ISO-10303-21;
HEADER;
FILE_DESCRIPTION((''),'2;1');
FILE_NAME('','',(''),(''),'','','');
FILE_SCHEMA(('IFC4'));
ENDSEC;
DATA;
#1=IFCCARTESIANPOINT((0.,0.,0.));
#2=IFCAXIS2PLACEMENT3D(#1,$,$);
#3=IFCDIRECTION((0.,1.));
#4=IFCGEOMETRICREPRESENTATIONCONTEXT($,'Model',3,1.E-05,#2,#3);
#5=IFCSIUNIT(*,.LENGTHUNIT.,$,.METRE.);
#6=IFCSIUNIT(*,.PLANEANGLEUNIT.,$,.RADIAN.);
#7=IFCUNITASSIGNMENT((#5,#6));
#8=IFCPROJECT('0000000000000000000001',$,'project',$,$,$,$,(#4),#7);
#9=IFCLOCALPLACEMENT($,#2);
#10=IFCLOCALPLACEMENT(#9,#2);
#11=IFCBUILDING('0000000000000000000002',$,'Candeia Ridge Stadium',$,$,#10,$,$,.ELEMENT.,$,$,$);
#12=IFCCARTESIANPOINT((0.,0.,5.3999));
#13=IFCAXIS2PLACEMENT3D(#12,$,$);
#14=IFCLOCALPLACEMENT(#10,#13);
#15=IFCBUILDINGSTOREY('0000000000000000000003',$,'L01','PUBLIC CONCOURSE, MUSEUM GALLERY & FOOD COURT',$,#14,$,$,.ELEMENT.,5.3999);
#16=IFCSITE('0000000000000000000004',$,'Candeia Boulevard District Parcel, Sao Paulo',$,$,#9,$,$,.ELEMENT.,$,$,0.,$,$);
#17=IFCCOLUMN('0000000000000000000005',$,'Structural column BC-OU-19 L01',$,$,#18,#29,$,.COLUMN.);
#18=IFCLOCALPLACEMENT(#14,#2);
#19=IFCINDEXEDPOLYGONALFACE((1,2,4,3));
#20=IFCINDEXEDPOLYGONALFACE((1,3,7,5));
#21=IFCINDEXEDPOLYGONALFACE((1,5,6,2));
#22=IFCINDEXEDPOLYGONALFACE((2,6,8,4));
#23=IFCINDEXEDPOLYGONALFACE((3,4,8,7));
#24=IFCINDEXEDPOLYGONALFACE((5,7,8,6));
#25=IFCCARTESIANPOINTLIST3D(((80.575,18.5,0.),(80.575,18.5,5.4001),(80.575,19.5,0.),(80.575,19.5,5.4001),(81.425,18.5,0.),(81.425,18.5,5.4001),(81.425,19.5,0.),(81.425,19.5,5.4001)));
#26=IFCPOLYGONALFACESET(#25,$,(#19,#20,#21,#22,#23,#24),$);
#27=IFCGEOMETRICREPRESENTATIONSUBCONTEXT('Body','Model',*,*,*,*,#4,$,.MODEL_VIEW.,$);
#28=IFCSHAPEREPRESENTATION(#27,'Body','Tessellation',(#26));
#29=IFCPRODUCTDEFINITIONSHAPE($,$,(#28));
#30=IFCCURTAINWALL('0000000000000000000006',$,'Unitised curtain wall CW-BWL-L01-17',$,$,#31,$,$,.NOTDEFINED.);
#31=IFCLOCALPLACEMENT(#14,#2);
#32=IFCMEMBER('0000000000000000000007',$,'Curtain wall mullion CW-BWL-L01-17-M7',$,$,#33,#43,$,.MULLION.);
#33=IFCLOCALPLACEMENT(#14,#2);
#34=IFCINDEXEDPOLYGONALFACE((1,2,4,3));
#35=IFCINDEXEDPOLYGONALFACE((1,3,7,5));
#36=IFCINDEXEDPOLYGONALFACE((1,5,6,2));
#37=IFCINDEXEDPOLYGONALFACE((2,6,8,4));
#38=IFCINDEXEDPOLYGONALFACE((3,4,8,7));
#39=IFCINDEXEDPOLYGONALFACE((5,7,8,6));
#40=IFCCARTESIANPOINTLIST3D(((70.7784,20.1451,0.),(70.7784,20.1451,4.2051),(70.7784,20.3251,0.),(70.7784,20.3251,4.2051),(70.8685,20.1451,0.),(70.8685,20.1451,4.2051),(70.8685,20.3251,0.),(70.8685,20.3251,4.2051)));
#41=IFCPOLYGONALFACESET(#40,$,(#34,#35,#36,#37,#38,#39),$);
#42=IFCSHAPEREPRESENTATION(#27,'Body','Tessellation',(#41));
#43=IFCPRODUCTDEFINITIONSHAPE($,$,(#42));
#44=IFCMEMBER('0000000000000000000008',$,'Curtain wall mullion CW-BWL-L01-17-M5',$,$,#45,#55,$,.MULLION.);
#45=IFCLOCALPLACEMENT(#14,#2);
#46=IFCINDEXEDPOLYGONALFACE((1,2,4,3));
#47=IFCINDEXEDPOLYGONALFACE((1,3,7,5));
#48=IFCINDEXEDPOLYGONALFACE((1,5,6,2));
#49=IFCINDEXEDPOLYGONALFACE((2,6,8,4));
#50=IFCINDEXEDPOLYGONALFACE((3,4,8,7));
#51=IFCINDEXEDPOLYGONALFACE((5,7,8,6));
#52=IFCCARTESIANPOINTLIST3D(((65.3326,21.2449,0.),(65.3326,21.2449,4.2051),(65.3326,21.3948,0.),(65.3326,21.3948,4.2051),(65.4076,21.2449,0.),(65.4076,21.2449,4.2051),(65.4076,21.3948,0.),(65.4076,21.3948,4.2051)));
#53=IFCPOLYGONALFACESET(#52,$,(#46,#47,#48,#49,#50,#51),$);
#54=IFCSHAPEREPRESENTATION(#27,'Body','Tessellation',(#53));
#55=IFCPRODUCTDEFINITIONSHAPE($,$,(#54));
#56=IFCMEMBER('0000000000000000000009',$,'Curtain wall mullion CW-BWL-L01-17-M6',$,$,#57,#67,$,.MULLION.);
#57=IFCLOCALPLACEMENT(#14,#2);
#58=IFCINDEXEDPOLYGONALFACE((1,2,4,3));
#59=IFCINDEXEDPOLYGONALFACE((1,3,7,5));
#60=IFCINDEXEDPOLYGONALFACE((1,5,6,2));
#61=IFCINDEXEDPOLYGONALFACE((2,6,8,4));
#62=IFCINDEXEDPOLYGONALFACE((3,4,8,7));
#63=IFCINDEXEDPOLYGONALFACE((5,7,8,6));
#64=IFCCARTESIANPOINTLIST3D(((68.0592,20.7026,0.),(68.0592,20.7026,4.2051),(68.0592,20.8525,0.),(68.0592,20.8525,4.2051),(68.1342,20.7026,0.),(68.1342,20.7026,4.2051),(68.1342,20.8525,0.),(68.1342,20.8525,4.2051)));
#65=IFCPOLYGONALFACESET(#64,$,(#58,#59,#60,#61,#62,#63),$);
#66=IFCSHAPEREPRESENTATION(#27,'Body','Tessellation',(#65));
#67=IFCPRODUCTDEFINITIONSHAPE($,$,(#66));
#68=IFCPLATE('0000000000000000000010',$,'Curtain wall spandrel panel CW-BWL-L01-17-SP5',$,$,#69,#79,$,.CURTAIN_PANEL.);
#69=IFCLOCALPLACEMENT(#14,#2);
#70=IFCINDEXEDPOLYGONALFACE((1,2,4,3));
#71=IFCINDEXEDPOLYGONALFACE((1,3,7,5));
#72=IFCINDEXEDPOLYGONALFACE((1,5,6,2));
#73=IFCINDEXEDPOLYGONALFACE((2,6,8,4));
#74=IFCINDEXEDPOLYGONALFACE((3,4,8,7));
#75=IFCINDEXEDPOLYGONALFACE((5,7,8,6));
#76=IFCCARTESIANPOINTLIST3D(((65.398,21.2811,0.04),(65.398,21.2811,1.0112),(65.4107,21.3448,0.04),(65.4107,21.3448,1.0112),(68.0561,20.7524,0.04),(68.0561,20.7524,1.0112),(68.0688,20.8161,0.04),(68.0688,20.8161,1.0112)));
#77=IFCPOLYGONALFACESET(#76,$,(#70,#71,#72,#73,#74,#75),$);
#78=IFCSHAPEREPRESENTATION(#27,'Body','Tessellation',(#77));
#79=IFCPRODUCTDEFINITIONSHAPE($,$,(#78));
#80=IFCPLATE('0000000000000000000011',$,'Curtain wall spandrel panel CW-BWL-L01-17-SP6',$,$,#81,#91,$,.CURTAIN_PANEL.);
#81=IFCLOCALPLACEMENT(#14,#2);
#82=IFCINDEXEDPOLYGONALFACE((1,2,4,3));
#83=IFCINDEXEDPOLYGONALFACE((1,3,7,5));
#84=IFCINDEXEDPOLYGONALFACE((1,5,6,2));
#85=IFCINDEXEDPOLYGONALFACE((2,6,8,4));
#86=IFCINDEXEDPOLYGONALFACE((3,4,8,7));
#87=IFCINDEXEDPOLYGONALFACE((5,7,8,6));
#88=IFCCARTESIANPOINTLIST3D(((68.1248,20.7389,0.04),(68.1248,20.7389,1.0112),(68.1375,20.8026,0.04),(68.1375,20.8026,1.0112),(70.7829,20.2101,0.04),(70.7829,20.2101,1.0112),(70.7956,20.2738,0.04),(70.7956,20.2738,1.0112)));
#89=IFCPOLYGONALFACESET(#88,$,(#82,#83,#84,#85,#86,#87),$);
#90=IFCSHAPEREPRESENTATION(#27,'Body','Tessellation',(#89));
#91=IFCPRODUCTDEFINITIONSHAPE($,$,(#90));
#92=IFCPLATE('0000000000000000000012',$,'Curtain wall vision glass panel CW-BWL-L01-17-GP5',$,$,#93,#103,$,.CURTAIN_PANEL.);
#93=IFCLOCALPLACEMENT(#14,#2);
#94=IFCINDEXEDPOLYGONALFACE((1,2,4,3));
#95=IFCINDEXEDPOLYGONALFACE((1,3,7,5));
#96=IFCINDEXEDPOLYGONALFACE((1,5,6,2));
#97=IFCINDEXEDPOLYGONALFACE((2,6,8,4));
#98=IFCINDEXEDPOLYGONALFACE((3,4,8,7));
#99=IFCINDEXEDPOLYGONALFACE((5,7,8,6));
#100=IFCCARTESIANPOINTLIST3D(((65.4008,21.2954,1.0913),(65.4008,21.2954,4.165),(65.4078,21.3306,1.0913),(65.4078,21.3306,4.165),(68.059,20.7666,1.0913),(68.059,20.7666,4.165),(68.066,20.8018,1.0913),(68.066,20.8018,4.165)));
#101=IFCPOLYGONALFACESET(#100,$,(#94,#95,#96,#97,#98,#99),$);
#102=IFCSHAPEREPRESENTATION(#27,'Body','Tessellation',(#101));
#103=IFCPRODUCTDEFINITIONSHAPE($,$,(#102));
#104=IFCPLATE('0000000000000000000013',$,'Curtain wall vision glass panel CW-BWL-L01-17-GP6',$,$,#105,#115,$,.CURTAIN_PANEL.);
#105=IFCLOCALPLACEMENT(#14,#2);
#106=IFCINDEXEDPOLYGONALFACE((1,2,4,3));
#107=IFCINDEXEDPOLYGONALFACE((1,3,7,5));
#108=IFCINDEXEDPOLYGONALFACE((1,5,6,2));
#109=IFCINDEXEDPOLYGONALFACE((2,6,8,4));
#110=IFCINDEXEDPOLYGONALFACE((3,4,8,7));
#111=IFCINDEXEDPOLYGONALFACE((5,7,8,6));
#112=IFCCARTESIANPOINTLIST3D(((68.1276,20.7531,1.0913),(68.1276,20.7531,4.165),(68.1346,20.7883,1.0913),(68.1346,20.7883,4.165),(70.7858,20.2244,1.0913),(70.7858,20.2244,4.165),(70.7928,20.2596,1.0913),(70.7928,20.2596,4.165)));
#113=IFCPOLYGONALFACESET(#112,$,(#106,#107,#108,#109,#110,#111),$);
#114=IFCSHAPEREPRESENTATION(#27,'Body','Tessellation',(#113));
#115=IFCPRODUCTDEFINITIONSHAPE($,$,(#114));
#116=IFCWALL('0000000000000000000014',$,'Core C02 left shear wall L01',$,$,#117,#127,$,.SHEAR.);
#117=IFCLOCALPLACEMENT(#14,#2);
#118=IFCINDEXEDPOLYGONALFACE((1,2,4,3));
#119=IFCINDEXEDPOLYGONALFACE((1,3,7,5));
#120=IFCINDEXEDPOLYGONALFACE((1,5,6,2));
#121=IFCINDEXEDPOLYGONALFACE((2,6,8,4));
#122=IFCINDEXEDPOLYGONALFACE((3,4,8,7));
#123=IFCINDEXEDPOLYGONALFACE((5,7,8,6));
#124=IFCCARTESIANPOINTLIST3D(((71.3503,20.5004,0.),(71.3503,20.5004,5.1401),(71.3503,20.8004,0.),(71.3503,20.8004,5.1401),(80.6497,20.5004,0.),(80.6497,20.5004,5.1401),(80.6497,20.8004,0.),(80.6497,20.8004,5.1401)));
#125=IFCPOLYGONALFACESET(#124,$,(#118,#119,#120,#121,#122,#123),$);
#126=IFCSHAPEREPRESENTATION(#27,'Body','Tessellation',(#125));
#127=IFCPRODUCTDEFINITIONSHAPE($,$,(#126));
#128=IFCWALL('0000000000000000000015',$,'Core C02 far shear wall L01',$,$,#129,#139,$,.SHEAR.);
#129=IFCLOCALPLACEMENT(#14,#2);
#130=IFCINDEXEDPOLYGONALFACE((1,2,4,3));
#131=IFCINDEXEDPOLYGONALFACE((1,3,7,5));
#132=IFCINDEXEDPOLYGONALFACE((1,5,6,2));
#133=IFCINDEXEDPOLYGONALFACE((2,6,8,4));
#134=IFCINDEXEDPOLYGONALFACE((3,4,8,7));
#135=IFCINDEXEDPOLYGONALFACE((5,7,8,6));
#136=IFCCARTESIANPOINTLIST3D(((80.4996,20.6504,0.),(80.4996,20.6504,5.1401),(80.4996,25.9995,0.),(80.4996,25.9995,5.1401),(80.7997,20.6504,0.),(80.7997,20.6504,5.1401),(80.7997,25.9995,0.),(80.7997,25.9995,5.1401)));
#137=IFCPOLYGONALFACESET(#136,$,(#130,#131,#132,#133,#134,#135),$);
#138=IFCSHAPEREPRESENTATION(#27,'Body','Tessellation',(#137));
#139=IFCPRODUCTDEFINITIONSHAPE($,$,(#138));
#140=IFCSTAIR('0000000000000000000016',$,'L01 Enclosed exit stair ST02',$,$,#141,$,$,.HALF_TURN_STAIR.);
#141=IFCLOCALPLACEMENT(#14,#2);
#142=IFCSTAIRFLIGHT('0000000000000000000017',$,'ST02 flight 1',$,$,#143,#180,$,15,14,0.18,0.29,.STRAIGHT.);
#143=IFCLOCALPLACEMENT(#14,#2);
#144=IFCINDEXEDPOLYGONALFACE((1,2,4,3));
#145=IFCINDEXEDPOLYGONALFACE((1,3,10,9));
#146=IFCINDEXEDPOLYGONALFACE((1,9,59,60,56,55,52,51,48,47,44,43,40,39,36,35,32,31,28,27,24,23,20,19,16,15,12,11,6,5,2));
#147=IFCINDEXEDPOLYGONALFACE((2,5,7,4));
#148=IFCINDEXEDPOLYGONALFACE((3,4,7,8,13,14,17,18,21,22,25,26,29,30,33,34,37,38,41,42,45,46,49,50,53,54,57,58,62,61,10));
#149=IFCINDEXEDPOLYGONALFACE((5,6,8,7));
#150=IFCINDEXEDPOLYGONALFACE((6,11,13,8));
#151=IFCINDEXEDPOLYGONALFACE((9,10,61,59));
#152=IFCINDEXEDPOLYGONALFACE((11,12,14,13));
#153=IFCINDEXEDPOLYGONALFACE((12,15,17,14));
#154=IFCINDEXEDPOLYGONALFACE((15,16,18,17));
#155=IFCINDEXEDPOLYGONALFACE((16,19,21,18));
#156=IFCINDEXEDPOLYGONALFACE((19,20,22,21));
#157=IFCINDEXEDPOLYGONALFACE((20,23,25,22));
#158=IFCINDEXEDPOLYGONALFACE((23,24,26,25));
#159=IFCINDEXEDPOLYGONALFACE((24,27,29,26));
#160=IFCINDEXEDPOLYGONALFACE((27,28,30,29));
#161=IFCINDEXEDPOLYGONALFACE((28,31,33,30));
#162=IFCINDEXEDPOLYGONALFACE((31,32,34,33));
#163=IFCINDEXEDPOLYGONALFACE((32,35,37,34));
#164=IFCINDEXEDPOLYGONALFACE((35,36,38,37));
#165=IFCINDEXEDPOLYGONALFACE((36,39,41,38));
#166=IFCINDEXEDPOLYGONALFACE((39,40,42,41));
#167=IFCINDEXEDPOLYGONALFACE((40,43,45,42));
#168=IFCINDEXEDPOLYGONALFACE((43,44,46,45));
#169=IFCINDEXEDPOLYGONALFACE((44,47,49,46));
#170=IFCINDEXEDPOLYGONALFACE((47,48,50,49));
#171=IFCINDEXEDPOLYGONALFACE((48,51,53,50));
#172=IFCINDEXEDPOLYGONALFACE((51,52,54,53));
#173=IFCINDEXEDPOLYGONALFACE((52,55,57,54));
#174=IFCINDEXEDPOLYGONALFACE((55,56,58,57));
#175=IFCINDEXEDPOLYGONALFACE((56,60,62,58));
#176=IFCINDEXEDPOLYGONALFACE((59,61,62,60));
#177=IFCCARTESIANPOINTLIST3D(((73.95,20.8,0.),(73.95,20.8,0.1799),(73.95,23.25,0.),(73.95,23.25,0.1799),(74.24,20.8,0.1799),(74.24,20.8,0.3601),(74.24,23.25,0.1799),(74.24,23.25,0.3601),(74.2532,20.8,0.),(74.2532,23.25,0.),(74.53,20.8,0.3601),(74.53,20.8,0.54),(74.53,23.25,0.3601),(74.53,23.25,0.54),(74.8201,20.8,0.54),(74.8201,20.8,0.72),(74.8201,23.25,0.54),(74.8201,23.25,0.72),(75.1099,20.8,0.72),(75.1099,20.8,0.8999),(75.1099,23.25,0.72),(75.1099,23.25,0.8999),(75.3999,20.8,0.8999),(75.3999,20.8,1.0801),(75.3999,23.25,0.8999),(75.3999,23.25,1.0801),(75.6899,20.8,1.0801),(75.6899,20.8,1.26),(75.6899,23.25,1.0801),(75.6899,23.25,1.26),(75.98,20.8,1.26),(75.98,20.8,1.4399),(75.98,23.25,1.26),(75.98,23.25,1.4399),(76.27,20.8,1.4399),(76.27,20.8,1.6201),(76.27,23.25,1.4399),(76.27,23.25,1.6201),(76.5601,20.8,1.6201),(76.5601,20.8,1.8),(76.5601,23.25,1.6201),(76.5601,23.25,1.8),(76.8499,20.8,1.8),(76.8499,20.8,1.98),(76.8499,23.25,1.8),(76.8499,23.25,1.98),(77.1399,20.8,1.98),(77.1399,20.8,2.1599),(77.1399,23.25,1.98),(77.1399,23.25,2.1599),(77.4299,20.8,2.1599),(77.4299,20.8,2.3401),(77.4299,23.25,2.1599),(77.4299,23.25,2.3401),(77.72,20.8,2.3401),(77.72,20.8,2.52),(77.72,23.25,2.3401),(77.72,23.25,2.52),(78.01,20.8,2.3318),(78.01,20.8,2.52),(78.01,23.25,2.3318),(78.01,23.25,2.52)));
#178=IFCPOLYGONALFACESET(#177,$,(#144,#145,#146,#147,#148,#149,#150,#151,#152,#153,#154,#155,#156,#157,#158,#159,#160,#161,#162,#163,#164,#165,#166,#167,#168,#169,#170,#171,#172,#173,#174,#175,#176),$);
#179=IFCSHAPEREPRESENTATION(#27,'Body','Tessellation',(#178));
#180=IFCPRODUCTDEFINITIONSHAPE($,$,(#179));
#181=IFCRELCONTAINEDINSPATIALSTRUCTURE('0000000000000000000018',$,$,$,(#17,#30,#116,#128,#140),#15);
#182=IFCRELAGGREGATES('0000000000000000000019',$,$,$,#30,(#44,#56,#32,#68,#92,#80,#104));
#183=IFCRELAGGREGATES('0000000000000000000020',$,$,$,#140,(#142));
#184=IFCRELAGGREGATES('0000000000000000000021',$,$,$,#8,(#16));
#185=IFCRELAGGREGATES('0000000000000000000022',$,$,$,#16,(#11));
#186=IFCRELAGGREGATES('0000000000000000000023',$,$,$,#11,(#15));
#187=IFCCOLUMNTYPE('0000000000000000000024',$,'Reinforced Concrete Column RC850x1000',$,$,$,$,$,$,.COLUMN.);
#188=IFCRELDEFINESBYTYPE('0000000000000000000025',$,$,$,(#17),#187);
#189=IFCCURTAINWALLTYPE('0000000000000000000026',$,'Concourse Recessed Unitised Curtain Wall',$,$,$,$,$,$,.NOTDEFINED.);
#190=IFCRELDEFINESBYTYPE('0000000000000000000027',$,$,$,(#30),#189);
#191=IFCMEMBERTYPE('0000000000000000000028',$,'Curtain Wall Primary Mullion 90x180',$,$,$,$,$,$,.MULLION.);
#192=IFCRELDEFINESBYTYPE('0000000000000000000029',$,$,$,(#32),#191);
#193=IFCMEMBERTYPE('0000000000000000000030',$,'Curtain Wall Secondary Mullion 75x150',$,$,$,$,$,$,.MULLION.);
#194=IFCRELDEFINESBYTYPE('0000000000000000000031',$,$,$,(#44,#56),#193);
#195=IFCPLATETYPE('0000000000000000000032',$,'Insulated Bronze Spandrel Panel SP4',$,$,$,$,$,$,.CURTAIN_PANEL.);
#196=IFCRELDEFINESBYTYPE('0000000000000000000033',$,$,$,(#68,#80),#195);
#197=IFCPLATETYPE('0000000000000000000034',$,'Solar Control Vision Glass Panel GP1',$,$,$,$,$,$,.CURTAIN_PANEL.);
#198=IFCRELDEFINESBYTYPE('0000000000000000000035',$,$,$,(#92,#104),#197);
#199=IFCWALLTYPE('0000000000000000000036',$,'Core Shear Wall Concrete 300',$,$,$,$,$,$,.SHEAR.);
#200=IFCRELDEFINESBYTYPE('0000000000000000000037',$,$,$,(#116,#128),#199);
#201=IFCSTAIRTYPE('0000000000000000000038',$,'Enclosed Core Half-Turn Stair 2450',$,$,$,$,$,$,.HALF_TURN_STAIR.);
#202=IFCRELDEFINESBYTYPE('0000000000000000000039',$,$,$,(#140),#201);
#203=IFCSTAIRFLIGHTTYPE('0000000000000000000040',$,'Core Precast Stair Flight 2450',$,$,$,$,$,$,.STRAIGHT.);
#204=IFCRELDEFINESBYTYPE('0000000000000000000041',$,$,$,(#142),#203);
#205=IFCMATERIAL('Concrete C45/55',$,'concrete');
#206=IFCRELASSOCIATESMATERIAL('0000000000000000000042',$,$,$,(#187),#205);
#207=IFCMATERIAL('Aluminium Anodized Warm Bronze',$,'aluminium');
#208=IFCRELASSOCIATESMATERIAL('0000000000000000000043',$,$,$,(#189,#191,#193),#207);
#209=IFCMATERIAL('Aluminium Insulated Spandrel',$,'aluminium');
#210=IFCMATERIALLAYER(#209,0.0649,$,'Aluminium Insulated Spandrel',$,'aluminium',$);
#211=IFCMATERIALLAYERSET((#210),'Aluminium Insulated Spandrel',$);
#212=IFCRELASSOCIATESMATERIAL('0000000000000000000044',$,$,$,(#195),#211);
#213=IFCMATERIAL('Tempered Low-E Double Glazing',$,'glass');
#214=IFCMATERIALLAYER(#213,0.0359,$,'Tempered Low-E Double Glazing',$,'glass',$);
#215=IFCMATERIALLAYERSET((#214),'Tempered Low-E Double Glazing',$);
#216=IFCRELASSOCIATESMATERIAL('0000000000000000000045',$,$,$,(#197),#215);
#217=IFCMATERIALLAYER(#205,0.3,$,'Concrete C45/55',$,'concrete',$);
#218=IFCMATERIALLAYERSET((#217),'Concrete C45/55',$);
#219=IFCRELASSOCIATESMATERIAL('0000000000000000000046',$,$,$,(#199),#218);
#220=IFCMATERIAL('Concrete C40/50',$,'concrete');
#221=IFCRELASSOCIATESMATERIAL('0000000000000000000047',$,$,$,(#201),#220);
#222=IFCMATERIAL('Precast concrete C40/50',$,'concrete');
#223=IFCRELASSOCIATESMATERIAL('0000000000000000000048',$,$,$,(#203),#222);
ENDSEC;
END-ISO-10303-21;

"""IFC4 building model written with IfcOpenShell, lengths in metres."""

from ifc_helpers import new_model, si_unit, direction, frame, frame_2d, origin, origin_2d, place, context, subcontext, project, spatial, polyline, rectangle, outline, extrude, material, layer, layer_set, material_profile, profile_set, type_object, element, aggregate, save


model = new_model("IFC4")

# Units and contexts
model_context = context("Model", 3, precision=1e-05, world=origin(), true_north=direction((0.0, 1.0)))
body_context = subcontext(model_context, "Body", "Model", "MODEL_VIEW")
ifc_project = project(units=[si_unit("LENGTHUNIT", "METRE"), si_unit("PLANEANGLEUNIT", "RADIAN")], contexts=[model_context])

# Site, building, storey
site_placement = place(None, origin())
site = spatial("IfcSite", under=ifc_project, at=site_placement, Name="Candeia Boulevard District Parcel, Sao Paulo", CompositionType="ELEMENT", RefElevation=0.0)
building_placement = place(site_placement, origin())
building = spatial("IfcBuilding", under=site, at=building_placement, Name="Candeia Ridge Stadium", CompositionType="ELEMENT")
storey_placement = place(building_placement, frame((0.0, 0.0, 5.3999)))
storey = spatial("IfcBuildingStorey", under=building, at=storey_placement, Name="L01", Description="PUBLIC CONCOURSE, MUSEUM GALLERY & FOOD COURT", CompositionType="ELEMENT", Elevation=5.3999)

# Column
ifc_material_1 = material(Name="Concrete C45/55", Category="concrete")
ifc_material_profile_1 = material_profile(ifc_material_1, rectangle(XDim=0.8501, YDim=1.0, at=origin_2d()), Name="RC850x1000", Category="concrete")
ifc_profile_set_1 = profile_set([ifc_material_profile_1], Name="Concrete C45/55")
column_type = type_object("IfcColumnType", Name="Reinforced Concrete Column RC850x1000", PredefinedType="COLUMN", material=ifc_profile_set_1)
column_placement = place(storey_placement, frame((81.0, 19.0, 0.0), z_axis=(0.0, 0.0, 1.0), x_axis=(1.0, 0.0, 0.0)))
element("IfcColumn", 1, at=column_placement, inside=storey, type_object=column_type, Name="Structural column BC-OU-19 L01", PredefinedType="COLUMN", context=body_context, shape_type="SweptSolid", body=[
    extrude(rectangle(XDim=0.8501, YDim=1.0, at=origin_2d()), origin(), (0.0, 0.0, 1.0), 5.4001),
])

# Curtain wall, members, plates
ifc_material_2 = material(Name="Aluminium Anodized Warm Bronze", Category="aluminium")
curtain_wall_type = type_object("IfcCurtainWallType", Name="Concourse Recessed Unitised Curtain Wall", PredefinedType="NOTDEFINED", material=ifc_material_2)
curtain_wall_placement = place(storey_placement, origin())
curtain_wall = element("IfcCurtainWall", 2, at=curtain_wall_placement, inside=storey, type_object=curtain_wall_type, Name="Unitised curtain wall CW-BWL-L01-17", PredefinedType="NOTDEFINED")
ifc_material_profile_2 = material_profile(ifc_material_2, rectangle(XDim=0.0901, YDim=0.1799, at=origin_2d()), Name="CWM-90x180", Category="aluminium")
ifc_profile_set_2 = profile_set([ifc_material_profile_2], Name="Aluminium Anodized Warm Bronze")
member_type_1 = type_object("IfcMemberType", Name="Curtain Wall Primary Mullion 90x180", PredefinedType="MULLION", material=ifc_profile_set_2)
member_1_placement = place(storey_placement, frame((70.8235, 20.2351, 0.0), z_axis=(0.0, 0.0, 1.0), x_axis=(1.0, 0.0, 0.0)))
member_1 = element("IfcMember", 3, at=member_1_placement, type_object=member_type_1, Name="Curtain wall mullion CW-BWL-L01-17-M7", PredefinedType="MULLION", context=body_context, shape_type="SweptSolid", body=[
    extrude(rectangle(XDim=0.0901, YDim=0.1799, at=origin_2d()), origin(), (0.0, 0.0, 1.0), 4.2051),
])
ifc_material_profile_3 = material_profile(ifc_material_2, rectangle(XDim=0.075, YDim=0.1499, at=origin_2d()), Name="CWM-75x150", Category="aluminium")
ifc_profile_set_3 = profile_set([ifc_material_profile_3], Name="Aluminium Anodized Warm Bronze")
member_type_2 = type_object("IfcMemberType", Name="Curtain Wall Secondary Mullion 75x150", PredefinedType="MULLION", material=ifc_profile_set_3)
member_2_placement = place(storey_placement, frame((65.3701, 21.3198, 0.0), z_axis=(0.0, 0.0, 1.0), x_axis=(1.0, 0.0, 0.0)))
member_2 = element("IfcMember", 4, at=member_2_placement, type_object=member_type_2, Name="Curtain wall mullion CW-BWL-L01-17-M5", PredefinedType="MULLION", context=body_context, shape_type="SweptSolid", body=[
    extrude(rectangle(XDim=0.075, YDim=0.1499, at=origin_2d()), origin(), (0.0, 0.0, 1.0), 4.2051),
])
member_3_placement = place(storey_placement, frame((68.0967, 20.7776, 0.0), z_axis=(0.0, 0.0, 1.0), x_axis=(1.0, 0.0, 0.0)))
member_3 = element("IfcMember", 5, at=member_3_placement, type_object=member_type_2, Name="Curtain wall mullion CW-BWL-L01-17-M6", PredefinedType="MULLION", context=body_context, shape_type="SweptSolid", body=[
    extrude(rectangle(XDim=0.075, YDim=0.1499, at=origin_2d()), origin(), (0.0, 0.0, 1.0), 4.2051),
])
ifc_material_3 = material(Name="Aluminium Insulated Spandrel", Category="aluminium")
ifc_layer_1 = layer(ifc_material_3, 0.0649, Name="Aluminium Insulated Spandrel", Category="aluminium")
ifc_layer_set_1 = layer_set([ifc_layer_1], Name="Aluminium Insulated Spandrel")
plate_type_1 = type_object("IfcPlateType", Name="Insulated Bronze Spandrel Panel SP4", PredefinedType="CURTAIN_PANEL", material=ifc_layer_set_1)
plate_1_placement = place(storey_placement, frame((66.7334, 21.0486, 0.04), z_axis=(0.0, 0.0, 1.0), x_axis=(0.980785, -0.19509, 0.0)))
plate_1 = element("IfcPlate", 6, at=plate_1_placement, type_object=plate_type_1, Name="Curtain wall spandrel panel CW-BWL-L01-17-SP5", PredefinedType="CURTAIN_PANEL", context=body_context, shape_type="SweptSolid", body=[
    extrude(rectangle(XDim=2.7102, YDim=0.0649, at=origin_2d()), origin(), (0.0, 0.0, 1.0), 0.9712),
])
plate_2_placement = place(storey_placement, frame((69.4602, 20.5063, 0.04), z_axis=(0.0, 0.0, 1.0), x_axis=(0.980785, -0.19509, 0.0)))
plate_2 = element("IfcPlate", 7, at=plate_2_placement, type_object=plate_type_1, Name="Curtain wall spandrel panel CW-BWL-L01-17-SP6", PredefinedType="CURTAIN_PANEL", context=body_context, shape_type="SweptSolid", body=[
    extrude(rectangle(XDim=2.7102, YDim=0.0649, at=origin_2d()), origin(), (0.0, 0.0, 1.0), 0.9712),
])
ifc_material_4 = material(Name="Tempered Low-E Double Glazing", Category="glass")
ifc_layer_2 = layer(ifc_material_4, 0.0359, Name="Tempered Low-E Double Glazing", Category="glass")
ifc_layer_set_2 = layer_set([ifc_layer_2], Name="Tempered Low-E Double Glazing")
plate_type_2 = type_object("IfcPlateType", Name="Solar Control Vision Glass Panel GP1", PredefinedType="CURTAIN_PANEL", material=ifc_layer_set_2)
plate_3_placement = place(storey_placement, frame((66.7334, 21.0486, 1.0913), z_axis=(0.0, 0.0, 1.0), x_axis=(0.980785, -0.19509, 0.0)))
plate_3 = element("IfcPlate", 8, at=plate_3_placement, type_object=plate_type_2, Name="Curtain wall vision glass panel CW-BWL-L01-17-GP5", PredefinedType="CURTAIN_PANEL", context=body_context, shape_type="SweptSolid", body=[
    extrude(rectangle(XDim=2.7102, YDim=0.0359, at=origin_2d()), origin(), (0.0, 0.0, 1.0), 3.0737),
])
plate_4_placement = place(storey_placement, frame((69.4602, 20.5063, 1.0913), z_axis=(0.0, 0.0, 1.0), x_axis=(0.980785, -0.19509, 0.0)))
plate_4 = element("IfcPlate", 9, at=plate_4_placement, type_object=plate_type_2, Name="Curtain wall vision glass panel CW-BWL-L01-17-GP6", PredefinedType="CURTAIN_PANEL", context=body_context, shape_type="SweptSolid", body=[
    extrude(rectangle(XDim=2.7102, YDim=0.0359, at=origin_2d()), origin(), (0.0, 0.0, 1.0), 3.0737),
])
aggregate(curtain_wall, [member_2, member_3, member_1, plate_1, plate_3, plate_2, plate_4])

# Walls
ifc_layer_3 = layer(ifc_material_1, 0.3, Name="Concrete C45/55", Category="concrete")
ifc_layer_set_3 = layer_set([ifc_layer_3], Name="Concrete C45/55")
wall_type = type_object("IfcWallType", Name="Core Shear Wall Concrete 300", PredefinedType="SHEAR", material=ifc_layer_set_3)
wall_1_placement = place(storey_placement, frame((71.3503, 20.6504, 0.0), z_axis=(0.0, 0.0, 1.0), x_axis=(1.0, 0.0, 0.0)))
element("IfcWall", 10, at=wall_1_placement, inside=storey, type_object=wall_type, Name="Core C02 left shear wall L01", PredefinedType="SHEAR", context=body_context, shape_type="SweptSolid", body=[
    extrude(rectangle(XDim=9.2993, YDim=0.3, at=frame_2d((4.6497, 0.0))), origin(), (0.0, 0.0, 1.0), 5.1401),
])
wall_2_placement = place(storey_placement, frame((80.6497, 20.6504, 0.0), z_axis=(0.0, 0.0, 1.0), x_axis=(0.0, 1.0, 0.0)))
element("IfcWall", 11, at=wall_2_placement, inside=storey, type_object=wall_type, Name="Core C02 far shear wall L01", PredefinedType="SHEAR", context=body_context, shape_type="SweptSolid", body=[
    extrude(rectangle(XDim=5.3491, YDim=0.3, at=frame_2d((2.6746, 0.0))), origin(), (0.0, 0.0, 1.0), 5.1401),
])

# Stair, stair flight
ifc_material_5 = material(Name="Concrete C40/50", Category="concrete")
stair_type = type_object("IfcStairType", Name="Enclosed Core Half-Turn Stair 2450", PredefinedType="HALF_TURN_STAIR", material=ifc_material_5)
stair_placement = place(storey_placement, origin())
stair = element("IfcStair", 12, at=stair_placement, inside=storey, type_object=stair_type, Name="L01 Enclosed exit stair ST02", PredefinedType="HALF_TURN_STAIR")
ifc_material_6 = material(Name="Precast concrete C40/50", Category="concrete")
stair_flight_type = type_object("IfcStairFlightType", Name="Core Precast Stair Flight 2450", PredefinedType="STRAIGHT", material=ifc_material_6)
stair_flight_1_placement = place(storey_placement, frame((73.95, 22.0249, 0.0), z_axis=(0.0, 0.0, 1.0), x_axis=(1.0, 0.0, 0.0)))
stair_flight_1 = element("IfcStairFlight", 13, at=stair_flight_1_placement, type_object=stair_flight_type, Name="ST02 flight 1", NumberOfRisers=15, NumberOfTreads=14, PredefinedType="STRAIGHT", RiserHeight=0.18, TreadLength=0.29, context=body_context, shape_type="SweptSolid", body=[
    extrude(outline(polyline([(0.0, 0.0), (0.0, 0.1799), (0.29, 0.1799), (0.29, 0.3601), (0.5801, 0.3601), (0.5801, 0.54), (0.8701, 0.54), (0.8701, 0.72), (1.1599, 0.72), (1.1599, 0.8999), (1.45, 0.8999), (1.45, 1.0801), (1.74, 1.0801), (1.74, 1.26), (2.03, 1.26), (2.03, 1.4399), (2.3201, 1.4399), (2.3201, 1.6201), (2.6101, 1.6201), (2.6101, 1.8), (2.8999, 1.8), (2.8999, 1.98), (3.1899, 1.98), (3.1899, 2.1599), (3.48, 2.1599), (3.48, 2.3401), (3.77, 2.3401), (3.77, 2.52), (4.0601, 2.52), (4.0601, 2.7), (4.0601, 2.3318), (0.3032, 0.0), (0.0, 0.0)])), frame((0.0, 1.2251, 0.0), z_axis=(0.0, -1.0, 0.0), x_axis=(1.0, 0.0, 0.0)), (0.0, 0.0, 1.0), 2.45),
])
aggregate(stair, [stair_flight_1])

save(model, "model.ifc")
